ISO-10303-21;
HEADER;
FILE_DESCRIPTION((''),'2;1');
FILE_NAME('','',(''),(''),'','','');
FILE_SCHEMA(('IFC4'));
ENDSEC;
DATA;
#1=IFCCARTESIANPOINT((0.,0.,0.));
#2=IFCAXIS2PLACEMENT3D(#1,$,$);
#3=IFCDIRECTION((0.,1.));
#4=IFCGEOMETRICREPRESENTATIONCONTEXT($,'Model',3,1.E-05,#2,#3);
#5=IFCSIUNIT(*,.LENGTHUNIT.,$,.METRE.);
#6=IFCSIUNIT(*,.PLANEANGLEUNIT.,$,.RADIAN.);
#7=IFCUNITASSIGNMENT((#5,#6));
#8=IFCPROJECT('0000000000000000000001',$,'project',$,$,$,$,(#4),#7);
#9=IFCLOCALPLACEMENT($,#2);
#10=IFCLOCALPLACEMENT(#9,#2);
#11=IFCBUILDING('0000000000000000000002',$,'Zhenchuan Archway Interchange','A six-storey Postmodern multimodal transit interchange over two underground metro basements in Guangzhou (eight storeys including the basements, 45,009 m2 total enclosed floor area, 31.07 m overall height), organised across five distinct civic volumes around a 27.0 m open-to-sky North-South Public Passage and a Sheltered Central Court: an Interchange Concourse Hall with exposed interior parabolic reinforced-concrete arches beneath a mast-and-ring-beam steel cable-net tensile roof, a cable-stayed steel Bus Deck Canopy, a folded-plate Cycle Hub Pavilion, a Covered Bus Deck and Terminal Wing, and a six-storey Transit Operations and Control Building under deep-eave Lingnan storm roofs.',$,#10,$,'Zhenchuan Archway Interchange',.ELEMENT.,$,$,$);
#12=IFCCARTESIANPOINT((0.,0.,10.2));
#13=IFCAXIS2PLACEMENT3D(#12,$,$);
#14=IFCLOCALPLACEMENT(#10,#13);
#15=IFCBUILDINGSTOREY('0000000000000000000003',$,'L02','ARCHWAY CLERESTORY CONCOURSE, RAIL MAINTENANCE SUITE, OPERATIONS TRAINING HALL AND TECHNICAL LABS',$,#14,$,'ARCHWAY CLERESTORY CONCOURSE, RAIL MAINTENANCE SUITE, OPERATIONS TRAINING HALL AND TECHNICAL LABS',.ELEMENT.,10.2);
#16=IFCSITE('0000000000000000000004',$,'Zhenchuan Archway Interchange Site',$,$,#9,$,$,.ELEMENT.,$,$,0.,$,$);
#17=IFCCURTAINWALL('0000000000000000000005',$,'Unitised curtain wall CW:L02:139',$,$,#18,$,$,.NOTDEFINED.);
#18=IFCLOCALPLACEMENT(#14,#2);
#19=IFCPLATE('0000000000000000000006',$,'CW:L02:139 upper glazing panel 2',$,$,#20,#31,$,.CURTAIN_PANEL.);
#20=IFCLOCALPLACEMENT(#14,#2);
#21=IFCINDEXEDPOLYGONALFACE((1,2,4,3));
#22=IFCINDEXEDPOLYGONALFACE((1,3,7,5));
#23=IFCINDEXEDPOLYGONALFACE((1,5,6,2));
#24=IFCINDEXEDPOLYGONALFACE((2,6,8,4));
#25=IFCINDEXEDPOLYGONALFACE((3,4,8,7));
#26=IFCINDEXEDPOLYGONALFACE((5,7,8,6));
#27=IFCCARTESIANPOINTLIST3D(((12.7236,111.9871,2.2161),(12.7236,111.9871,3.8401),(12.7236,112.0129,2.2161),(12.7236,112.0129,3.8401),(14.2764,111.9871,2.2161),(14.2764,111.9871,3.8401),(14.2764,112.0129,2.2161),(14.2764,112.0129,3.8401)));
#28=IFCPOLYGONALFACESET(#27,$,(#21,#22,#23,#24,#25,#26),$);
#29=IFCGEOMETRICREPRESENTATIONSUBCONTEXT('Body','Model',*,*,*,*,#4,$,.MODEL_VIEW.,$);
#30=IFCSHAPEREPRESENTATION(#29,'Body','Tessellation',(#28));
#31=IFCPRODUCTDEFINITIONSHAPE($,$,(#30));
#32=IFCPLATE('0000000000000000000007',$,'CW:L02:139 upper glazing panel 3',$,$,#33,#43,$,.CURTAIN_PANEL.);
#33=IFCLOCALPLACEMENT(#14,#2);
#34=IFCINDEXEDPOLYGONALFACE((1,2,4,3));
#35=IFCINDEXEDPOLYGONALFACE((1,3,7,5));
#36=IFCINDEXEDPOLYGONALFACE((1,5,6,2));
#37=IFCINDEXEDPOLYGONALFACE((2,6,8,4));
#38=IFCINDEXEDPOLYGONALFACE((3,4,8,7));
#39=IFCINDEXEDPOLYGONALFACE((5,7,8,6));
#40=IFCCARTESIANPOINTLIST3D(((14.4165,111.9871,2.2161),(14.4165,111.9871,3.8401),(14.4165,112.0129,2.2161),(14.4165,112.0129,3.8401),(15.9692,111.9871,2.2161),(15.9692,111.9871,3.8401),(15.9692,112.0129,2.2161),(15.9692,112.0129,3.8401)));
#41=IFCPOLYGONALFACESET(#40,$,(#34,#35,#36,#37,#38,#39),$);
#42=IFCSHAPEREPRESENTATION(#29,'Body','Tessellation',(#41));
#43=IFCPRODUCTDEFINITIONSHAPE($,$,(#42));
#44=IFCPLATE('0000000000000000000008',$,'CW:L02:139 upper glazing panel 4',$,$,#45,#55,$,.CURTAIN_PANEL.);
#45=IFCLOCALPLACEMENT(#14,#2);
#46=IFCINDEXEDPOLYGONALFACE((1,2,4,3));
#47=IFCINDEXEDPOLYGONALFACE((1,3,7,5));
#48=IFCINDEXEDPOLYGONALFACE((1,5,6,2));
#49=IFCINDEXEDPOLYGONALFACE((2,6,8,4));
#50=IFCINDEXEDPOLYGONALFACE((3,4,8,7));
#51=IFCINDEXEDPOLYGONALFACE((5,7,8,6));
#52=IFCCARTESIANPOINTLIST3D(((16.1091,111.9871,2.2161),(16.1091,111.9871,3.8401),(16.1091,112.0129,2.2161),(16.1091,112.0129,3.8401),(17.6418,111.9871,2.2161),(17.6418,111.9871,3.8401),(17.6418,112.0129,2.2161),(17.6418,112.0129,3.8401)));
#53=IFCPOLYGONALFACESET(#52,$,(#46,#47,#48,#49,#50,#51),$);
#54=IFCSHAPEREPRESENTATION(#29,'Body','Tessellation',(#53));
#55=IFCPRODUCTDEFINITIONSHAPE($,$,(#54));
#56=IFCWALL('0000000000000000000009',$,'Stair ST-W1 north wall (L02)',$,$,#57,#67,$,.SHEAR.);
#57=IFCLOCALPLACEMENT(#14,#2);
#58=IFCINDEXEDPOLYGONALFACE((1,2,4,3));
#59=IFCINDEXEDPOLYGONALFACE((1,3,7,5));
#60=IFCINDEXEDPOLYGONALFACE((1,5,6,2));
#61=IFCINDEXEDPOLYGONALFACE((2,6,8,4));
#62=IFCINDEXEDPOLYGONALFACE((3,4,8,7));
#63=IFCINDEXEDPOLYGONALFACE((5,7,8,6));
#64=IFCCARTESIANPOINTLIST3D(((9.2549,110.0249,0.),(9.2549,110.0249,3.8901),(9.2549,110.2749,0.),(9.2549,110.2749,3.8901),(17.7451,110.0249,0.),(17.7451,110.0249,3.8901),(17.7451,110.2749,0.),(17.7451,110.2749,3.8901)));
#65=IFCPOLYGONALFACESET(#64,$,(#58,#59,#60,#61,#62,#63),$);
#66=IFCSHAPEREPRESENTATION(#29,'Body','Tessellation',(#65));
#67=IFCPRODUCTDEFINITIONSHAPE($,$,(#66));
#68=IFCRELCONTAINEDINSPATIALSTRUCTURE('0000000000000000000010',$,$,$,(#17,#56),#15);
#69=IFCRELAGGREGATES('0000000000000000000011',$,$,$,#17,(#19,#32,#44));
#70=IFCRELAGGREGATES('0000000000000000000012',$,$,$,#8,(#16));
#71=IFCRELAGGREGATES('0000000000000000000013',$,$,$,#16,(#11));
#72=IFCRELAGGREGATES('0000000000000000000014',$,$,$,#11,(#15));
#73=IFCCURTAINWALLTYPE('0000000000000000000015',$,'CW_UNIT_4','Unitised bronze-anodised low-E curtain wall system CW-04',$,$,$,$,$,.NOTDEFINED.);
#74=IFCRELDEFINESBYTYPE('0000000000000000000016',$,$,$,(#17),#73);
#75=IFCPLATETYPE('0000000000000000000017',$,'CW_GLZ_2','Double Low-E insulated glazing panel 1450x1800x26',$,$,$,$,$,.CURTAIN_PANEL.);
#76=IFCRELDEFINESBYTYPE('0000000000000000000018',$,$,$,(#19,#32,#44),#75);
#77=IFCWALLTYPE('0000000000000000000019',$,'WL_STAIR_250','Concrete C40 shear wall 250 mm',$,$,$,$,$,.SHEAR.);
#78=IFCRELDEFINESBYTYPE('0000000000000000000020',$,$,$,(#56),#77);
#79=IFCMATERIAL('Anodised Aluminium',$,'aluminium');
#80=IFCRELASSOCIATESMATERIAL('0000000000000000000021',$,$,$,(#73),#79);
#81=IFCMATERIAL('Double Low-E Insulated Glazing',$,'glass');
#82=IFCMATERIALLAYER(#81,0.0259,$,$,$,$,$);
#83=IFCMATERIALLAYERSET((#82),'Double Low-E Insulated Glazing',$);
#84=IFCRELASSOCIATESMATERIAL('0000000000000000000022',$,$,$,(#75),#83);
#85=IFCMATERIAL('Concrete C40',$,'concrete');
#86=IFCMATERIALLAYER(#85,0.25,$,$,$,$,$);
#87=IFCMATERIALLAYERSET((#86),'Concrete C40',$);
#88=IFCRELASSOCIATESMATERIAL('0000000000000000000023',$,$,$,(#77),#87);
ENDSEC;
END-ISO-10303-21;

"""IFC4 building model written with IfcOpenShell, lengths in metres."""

from ifc_helpers import new_model, si_unit, direction, frame, frame_2d, origin, origin_2d, place, context, subcontext, project, spatial, rectangle, extrude, material, layer, layer_set, type_object, element, aggregate, save


model = new_model("IFC4")

# Units and contexts
model_context = context("Model", 3, precision=1e-05, world=origin(), true_north=direction((0.0, 1.0)))
body_context = subcontext(model_context, "Body", "Model", "MODEL_VIEW")
ifc_project = project(units=[si_unit("LENGTHUNIT", "METRE"), si_unit("PLANEANGLEUNIT", "RADIAN")], contexts=[model_context])

# Site, building, storey
site_placement = place(None, origin())
site = spatial("IfcSite", under=ifc_project, at=site_placement, Name="Zhenchuan Archway Interchange Site", CompositionType="ELEMENT", RefElevation=0.0)
building_placement = place(site_placement, origin())
building = spatial("IfcBuilding", under=site, at=building_placement, Name="Zhenchuan Archway Interchange", Description="A six-storey Postmodern multimodal transit interchange over two underground metro basements in Guangzhou (eight storeys including the basements, 45,009 m2 total enclosed floor area, 31.07 m overall height), organised across five distinct civic volumes around a 27.0 m open-to-sky North-South Public Passage and a Sheltered Central Court: an Interchange Concourse Hall with exposed interior parabolic reinforced-concrete arches beneath a mast-and-ring-beam steel cable-net tensile roof, a cable-stayed steel Bus Deck Canopy, a folded-plate Cycle Hub Pavilion, a Covered Bus Deck and Terminal Wing, and a six-storey Transit Operations and Control Building under deep-eave Lingnan storm roofs.", LongName="Zhenchuan Archway Interchange", CompositionType="ELEMENT")
storey_placement = place(building_placement, frame((0.0, 0.0, 10.2)))
storey = spatial("IfcBuildingStorey", under=building, at=storey_placement, Name="L02", Description="ARCHWAY CLERESTORY CONCOURSE, RAIL MAINTENANCE SUITE, OPERATIONS TRAINING HALL AND TECHNICAL LABS", LongName="ARCHWAY CLERESTORY CONCOURSE, RAIL MAINTENANCE SUITE, OPERATIONS TRAINING HALL AND TECHNICAL LABS", CompositionType="ELEMENT", Elevation=10.2)

# Shared definitions
ifc_material_1 = material(Name="Concrete C40", Category="concrete")

# Curtain wall
ifc_material_2 = material(Name="Anodised Aluminium", Category="aluminium")
curtain_wall_type_1 = type_object("IfcCurtainWallType", Name="CW_UNIT_4", Description="Unitised bronze-anodised low-E curtain wall system CW-04", PredefinedType="NOTDEFINED", material=ifc_material_2)
curtain_wall_1_placement = place(storey_placement, origin())
curtain_wall_1 = element("IfcCurtainWall", 1, at=curtain_wall_1_placement, inside=storey, type_object=curtain_wall_type_1, Name="Unitised curtain wall CW:L02:139", PredefinedType="NOTDEFINED")

# Plates
ifc_material_3 = material(Name="Double Low-E Insulated Glazing", Category="glass")
ifc_layer_1 = layer(ifc_material_3, 0.0259)
ifc_layer_set_1 = layer_set([ifc_layer_1], Name="Double Low-E Insulated Glazing")
plate_type_1 = type_object("IfcPlateType", Name="CW_GLZ_2", Description="Double Low-E insulated glazing panel 1450x1800x26", PredefinedType="CURTAIN_PANEL", material=ifc_layer_set_1)
plate_1_placement = place(storey_placement, frame((13.5, 112.0, 2.2161), z_axis=(0.0, 0.0, 1.0), x_axis=(1.0, 0.0, 0.0)))
plate_1 = element("IfcPlate", 2, at=plate_1_placement, type_object=plate_type_1, Name="CW:L02:139 upper glazing panel 2", PredefinedType="CURTAIN_PANEL", context=body_context, shape_type="SweptSolid", body=[
    extrude(rectangle(XDim=1.5527, YDim=0.0259, at=origin_2d()), origin(), (0.0, 0.0, 1.0), 1.624),
])
plate_2_placement = place(storey_placement, frame((15.1929, 112.0, 2.2161), z_axis=(0.0, 0.0, 1.0), x_axis=(1.0, 0.0, 0.0)))
plate_2 = element("IfcPlate", 3, at=plate_2_placement, type_object=plate_type_1, Name="CW:L02:139 upper glazing panel 3", PredefinedType="CURTAIN_PANEL", context=body_context, shape_type="SweptSolid", body=[
    extrude(rectangle(XDim=1.5527, YDim=0.0259, at=origin_2d()), origin(), (0.0, 0.0, 1.0), 1.624),
])
plate_3_placement = place(storey_placement, frame((16.8755, 112.0, 2.2161), z_axis=(0.0, 0.0, 1.0), x_axis=(1.0, 0.0, 0.0)))
plate_3 = element("IfcPlate", 4, at=plate_3_placement, type_object=plate_type_1, Name="CW:L02:139 upper glazing panel 4", PredefinedType="CURTAIN_PANEL", context=body_context, shape_type="SweptSolid", body=[
    extrude(rectangle(XDim=1.5327, YDim=0.0259, at=origin_2d()), origin(), (0.0, 0.0, 1.0), 1.624),
])
aggregate(curtain_wall_1, [plate_1, plate_2, plate_3])

# Wall
ifc_layer_2 = layer(ifc_material_1, 0.25)
ifc_layer_set_2 = layer_set([ifc_layer_2], Name="Concrete C40")
wall_type = type_object("IfcWallType", Name="WL_STAIR_250", Description="Concrete C40 shear wall 250 mm", PredefinedType="SHEAR", material=ifc_layer_set_2)
wall_placement = place(storey_placement, frame((17.7451, 110.1499, 0.0), z_axis=(0.0, 0.0, 1.0), x_axis=(-1.0, 0.0, 0.0)))
element("IfcWall", 5, at=wall_placement, inside=storey, type_object=wall_type, Name="Stair ST-W1 north wall (L02)", PredefinedType="SHEAR", context=body_context, shape_type="SweptSolid", body=[
    extrude(rectangle(XDim=8.4902, YDim=0.25, at=frame_2d((4.2451, 0.0))), origin(), (0.0, 0.0, 1.0), 3.8901),
])

save(model, "model.ifc")
